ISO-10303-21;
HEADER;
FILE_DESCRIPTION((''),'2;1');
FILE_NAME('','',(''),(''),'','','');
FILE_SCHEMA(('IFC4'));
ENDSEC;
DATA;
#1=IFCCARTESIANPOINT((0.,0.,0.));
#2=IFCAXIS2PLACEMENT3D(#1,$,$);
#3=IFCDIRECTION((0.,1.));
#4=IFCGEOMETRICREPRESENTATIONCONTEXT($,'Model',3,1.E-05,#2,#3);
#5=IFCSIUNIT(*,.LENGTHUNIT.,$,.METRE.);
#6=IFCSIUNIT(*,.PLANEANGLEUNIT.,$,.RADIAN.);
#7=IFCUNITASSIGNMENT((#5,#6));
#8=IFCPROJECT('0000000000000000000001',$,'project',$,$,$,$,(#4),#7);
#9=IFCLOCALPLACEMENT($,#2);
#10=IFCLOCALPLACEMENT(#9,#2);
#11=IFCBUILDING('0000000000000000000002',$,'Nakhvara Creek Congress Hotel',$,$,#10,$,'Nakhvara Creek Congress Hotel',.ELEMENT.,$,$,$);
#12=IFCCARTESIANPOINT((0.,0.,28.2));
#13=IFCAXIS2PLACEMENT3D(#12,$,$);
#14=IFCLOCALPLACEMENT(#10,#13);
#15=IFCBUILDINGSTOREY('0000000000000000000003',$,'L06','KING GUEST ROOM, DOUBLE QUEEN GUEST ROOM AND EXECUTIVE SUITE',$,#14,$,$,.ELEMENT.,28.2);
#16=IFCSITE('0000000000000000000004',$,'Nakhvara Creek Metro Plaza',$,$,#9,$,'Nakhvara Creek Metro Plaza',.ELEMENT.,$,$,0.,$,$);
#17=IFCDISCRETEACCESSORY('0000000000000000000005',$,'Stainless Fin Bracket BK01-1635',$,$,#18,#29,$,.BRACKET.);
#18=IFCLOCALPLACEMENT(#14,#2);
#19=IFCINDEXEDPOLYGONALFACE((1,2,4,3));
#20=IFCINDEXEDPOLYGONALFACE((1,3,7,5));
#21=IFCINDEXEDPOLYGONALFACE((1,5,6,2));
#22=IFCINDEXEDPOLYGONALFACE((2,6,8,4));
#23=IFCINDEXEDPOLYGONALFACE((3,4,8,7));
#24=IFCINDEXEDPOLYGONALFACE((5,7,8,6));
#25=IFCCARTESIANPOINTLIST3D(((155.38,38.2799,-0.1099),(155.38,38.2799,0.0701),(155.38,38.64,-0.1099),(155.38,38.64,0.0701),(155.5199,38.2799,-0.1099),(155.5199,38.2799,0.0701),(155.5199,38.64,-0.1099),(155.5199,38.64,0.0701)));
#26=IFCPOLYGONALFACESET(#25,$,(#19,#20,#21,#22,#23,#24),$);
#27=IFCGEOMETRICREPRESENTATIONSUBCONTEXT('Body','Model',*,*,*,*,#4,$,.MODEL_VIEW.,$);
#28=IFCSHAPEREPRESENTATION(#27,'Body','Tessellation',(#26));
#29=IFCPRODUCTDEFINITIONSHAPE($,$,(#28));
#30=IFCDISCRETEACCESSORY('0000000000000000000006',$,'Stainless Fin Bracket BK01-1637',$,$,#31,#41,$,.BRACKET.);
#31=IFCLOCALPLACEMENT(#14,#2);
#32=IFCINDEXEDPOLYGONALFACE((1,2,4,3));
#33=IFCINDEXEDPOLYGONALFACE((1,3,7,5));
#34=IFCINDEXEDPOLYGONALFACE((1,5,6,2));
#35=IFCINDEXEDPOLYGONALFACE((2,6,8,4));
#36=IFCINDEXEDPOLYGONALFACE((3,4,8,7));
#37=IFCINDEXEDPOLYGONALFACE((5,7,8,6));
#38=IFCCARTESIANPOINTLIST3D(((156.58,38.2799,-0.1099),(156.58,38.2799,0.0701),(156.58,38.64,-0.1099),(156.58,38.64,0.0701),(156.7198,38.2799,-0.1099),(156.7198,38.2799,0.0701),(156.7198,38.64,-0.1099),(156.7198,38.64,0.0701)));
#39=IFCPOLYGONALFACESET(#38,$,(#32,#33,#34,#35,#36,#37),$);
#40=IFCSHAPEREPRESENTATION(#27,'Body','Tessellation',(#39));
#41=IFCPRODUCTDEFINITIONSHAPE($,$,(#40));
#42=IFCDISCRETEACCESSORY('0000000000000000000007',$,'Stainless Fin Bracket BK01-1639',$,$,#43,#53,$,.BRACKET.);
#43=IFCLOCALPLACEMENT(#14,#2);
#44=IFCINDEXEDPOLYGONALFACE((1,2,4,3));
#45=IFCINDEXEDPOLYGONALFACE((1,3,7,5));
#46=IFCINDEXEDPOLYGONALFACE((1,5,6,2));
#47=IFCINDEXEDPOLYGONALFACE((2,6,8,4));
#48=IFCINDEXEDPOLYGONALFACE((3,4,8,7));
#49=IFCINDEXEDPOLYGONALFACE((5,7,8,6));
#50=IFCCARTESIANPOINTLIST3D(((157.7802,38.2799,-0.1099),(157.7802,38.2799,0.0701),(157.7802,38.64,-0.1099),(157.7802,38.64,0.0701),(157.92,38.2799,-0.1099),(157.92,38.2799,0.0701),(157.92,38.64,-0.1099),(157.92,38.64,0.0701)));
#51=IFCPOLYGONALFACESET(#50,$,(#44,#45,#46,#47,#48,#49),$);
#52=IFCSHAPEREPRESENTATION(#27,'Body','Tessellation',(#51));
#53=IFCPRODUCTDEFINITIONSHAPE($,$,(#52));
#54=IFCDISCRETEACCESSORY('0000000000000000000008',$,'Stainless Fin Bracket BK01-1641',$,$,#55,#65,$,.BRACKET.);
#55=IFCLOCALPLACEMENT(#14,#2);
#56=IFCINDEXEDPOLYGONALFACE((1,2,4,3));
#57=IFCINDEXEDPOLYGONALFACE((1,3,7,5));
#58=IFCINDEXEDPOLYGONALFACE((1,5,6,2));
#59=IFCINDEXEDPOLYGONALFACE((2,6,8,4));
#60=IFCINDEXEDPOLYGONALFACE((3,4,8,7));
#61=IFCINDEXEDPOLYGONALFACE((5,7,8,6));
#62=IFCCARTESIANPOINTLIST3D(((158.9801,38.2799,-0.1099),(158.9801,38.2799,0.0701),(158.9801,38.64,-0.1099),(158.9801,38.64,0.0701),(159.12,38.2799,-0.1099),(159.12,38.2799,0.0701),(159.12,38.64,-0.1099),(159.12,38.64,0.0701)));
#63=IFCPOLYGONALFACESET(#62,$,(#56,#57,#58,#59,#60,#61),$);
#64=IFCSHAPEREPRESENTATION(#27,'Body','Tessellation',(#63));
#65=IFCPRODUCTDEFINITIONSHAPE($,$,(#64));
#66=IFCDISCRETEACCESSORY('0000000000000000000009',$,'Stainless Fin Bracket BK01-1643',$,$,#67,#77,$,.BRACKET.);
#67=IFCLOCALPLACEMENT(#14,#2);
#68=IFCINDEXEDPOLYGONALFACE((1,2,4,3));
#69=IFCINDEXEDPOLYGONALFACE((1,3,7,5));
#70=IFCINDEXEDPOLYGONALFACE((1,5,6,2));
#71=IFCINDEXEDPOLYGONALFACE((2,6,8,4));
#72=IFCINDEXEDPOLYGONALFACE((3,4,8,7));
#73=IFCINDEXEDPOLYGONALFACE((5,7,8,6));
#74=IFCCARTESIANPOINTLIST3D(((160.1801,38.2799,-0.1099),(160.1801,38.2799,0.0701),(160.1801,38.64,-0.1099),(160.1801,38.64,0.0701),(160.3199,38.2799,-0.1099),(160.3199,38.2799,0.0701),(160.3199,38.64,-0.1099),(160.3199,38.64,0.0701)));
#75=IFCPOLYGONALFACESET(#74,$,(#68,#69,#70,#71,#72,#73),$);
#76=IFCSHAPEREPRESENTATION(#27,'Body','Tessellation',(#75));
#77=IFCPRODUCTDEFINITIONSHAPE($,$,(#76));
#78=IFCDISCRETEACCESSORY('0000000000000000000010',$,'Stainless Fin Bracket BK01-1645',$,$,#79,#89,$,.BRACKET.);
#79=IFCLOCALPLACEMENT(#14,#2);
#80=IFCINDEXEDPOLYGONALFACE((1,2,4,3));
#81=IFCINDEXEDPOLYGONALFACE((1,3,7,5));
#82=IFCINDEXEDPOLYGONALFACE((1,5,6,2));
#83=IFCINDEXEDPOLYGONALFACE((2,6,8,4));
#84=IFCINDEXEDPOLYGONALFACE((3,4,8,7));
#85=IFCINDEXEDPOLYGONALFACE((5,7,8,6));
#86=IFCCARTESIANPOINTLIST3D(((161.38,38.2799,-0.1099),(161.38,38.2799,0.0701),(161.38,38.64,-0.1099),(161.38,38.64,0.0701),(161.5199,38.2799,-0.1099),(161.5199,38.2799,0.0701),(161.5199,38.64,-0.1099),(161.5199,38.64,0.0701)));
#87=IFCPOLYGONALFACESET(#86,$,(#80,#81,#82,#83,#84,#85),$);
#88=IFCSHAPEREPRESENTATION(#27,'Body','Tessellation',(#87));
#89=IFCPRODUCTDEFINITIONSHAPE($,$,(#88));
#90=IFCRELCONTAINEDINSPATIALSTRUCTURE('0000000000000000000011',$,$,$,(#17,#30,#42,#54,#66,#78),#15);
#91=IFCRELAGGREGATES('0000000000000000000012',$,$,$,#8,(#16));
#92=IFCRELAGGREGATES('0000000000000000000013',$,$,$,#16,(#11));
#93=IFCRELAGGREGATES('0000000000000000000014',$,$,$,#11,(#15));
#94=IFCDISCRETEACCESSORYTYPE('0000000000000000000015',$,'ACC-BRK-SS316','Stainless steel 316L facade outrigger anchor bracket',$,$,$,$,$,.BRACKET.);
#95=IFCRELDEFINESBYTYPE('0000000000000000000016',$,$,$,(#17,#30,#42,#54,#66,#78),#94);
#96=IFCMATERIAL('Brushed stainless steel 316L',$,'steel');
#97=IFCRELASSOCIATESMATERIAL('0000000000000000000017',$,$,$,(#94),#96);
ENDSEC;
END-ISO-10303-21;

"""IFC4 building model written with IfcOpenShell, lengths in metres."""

from ifc_helpers import new_model, si_unit, direction, frame, origin, origin_2d, place, context, subcontext, project, spatial, rectangle, extrude, material, type_object, element, save


model = new_model("IFC4")

# Units and contexts
model_context = context("Model", 3, precision=1e-05, world=origin(), true_north=direction((0.0, 1.0)))
body_context = subcontext(model_context, "Body", "Model", "MODEL_VIEW")
ifc_project = project(units=[si_unit("LENGTHUNIT", "METRE"), si_unit("PLANEANGLEUNIT", "RADIAN")], contexts=[model_context])

# Site, building, storey
site_placement = place(None, origin())
site = spatial("IfcSite", under=ifc_project, at=site_placement, Name="Nakhvara Creek Metro Plaza", LongName="Nakhvara Creek Metro Plaza", CompositionType="ELEMENT", RefElevation=0.0)
building_placement = place(site_placement, origin())
building = spatial("IfcBuilding", under=site, at=building_placement, Name="Nakhvara Creek Congress Hotel", LongName="Nakhvara Creek Congress Hotel", CompositionType="ELEMENT")
storey_placement = place(building_placement, frame((0.0, 0.0, 28.2)))
storey = spatial("IfcBuildingStorey", under=building, at=storey_placement, Name="L06", Description="KING GUEST ROOM, DOUBLE QUEEN GUEST ROOM AND EXECUTIVE SUITE", CompositionType="ELEMENT", Elevation=28.2)

# Discrete accessories
ifc_material_1 = material(Name="Brushed stainless steel 316L", Category="steel")
discrete_accessory_type = type_object("IfcDiscreteAccessoryType", Name="ACC-BRK-SS316", Description="Stainless steel 316L facade outrigger anchor bracket", PredefinedType="BRACKET", material=ifc_material_1)
for number, where, z_axis, x_axis, name in (
    (1, (155.45, 38.46, -0.1099), (0.0, 0.0, 1.0), (1.0, 0.0, 0.0), "Stainless Fin Bracket BK01-1635"),
    (2, (156.6499, 38.46, -0.1099), (0.0, 0.0, 1.0), (1.0, 0.0, 0.0), "Stainless Fin Bracket BK01-1637"),
    (3, (157.8501, 38.46, -0.1099), (0.0, 0.0, 1.0), (1.0, 0.0, 0.0), "Stainless Fin Bracket BK01-1639"),
    (4, (159.05, 38.46, -0.1099), (0.0, 0.0, 1.0), (1.0, 0.0, 0.0), "Stainless Fin Bracket BK01-1641"),
    (5, (160.25, 38.46, -0.1099), (0.0, 0.0, 1.0), (1.0, 0.0, 0.0), "Stainless Fin Bracket BK01-1643"),
    (6, (161.45, 38.46, -0.1099), (0.0, 0.0, 1.0), (1.0, 0.0, 0.0), "Stainless Fin Bracket BK01-1645"),
):
    element("IfcDiscreteAccessory", number, at=place(storey_placement, frame(where, z_axis=z_axis, x_axis=x_axis)), inside=storey, type_object=discrete_accessory_type, Name=name, PredefinedType="BRACKET", context=body_context, shape_type="SweptSolid", body=[
        extrude(rectangle(XDim=0.1399, YDim=0.3601, at=origin_2d()), origin(), (0.0, 0.0, 1.0), 0.1799),
    ])

save(model, "model.ifc")
